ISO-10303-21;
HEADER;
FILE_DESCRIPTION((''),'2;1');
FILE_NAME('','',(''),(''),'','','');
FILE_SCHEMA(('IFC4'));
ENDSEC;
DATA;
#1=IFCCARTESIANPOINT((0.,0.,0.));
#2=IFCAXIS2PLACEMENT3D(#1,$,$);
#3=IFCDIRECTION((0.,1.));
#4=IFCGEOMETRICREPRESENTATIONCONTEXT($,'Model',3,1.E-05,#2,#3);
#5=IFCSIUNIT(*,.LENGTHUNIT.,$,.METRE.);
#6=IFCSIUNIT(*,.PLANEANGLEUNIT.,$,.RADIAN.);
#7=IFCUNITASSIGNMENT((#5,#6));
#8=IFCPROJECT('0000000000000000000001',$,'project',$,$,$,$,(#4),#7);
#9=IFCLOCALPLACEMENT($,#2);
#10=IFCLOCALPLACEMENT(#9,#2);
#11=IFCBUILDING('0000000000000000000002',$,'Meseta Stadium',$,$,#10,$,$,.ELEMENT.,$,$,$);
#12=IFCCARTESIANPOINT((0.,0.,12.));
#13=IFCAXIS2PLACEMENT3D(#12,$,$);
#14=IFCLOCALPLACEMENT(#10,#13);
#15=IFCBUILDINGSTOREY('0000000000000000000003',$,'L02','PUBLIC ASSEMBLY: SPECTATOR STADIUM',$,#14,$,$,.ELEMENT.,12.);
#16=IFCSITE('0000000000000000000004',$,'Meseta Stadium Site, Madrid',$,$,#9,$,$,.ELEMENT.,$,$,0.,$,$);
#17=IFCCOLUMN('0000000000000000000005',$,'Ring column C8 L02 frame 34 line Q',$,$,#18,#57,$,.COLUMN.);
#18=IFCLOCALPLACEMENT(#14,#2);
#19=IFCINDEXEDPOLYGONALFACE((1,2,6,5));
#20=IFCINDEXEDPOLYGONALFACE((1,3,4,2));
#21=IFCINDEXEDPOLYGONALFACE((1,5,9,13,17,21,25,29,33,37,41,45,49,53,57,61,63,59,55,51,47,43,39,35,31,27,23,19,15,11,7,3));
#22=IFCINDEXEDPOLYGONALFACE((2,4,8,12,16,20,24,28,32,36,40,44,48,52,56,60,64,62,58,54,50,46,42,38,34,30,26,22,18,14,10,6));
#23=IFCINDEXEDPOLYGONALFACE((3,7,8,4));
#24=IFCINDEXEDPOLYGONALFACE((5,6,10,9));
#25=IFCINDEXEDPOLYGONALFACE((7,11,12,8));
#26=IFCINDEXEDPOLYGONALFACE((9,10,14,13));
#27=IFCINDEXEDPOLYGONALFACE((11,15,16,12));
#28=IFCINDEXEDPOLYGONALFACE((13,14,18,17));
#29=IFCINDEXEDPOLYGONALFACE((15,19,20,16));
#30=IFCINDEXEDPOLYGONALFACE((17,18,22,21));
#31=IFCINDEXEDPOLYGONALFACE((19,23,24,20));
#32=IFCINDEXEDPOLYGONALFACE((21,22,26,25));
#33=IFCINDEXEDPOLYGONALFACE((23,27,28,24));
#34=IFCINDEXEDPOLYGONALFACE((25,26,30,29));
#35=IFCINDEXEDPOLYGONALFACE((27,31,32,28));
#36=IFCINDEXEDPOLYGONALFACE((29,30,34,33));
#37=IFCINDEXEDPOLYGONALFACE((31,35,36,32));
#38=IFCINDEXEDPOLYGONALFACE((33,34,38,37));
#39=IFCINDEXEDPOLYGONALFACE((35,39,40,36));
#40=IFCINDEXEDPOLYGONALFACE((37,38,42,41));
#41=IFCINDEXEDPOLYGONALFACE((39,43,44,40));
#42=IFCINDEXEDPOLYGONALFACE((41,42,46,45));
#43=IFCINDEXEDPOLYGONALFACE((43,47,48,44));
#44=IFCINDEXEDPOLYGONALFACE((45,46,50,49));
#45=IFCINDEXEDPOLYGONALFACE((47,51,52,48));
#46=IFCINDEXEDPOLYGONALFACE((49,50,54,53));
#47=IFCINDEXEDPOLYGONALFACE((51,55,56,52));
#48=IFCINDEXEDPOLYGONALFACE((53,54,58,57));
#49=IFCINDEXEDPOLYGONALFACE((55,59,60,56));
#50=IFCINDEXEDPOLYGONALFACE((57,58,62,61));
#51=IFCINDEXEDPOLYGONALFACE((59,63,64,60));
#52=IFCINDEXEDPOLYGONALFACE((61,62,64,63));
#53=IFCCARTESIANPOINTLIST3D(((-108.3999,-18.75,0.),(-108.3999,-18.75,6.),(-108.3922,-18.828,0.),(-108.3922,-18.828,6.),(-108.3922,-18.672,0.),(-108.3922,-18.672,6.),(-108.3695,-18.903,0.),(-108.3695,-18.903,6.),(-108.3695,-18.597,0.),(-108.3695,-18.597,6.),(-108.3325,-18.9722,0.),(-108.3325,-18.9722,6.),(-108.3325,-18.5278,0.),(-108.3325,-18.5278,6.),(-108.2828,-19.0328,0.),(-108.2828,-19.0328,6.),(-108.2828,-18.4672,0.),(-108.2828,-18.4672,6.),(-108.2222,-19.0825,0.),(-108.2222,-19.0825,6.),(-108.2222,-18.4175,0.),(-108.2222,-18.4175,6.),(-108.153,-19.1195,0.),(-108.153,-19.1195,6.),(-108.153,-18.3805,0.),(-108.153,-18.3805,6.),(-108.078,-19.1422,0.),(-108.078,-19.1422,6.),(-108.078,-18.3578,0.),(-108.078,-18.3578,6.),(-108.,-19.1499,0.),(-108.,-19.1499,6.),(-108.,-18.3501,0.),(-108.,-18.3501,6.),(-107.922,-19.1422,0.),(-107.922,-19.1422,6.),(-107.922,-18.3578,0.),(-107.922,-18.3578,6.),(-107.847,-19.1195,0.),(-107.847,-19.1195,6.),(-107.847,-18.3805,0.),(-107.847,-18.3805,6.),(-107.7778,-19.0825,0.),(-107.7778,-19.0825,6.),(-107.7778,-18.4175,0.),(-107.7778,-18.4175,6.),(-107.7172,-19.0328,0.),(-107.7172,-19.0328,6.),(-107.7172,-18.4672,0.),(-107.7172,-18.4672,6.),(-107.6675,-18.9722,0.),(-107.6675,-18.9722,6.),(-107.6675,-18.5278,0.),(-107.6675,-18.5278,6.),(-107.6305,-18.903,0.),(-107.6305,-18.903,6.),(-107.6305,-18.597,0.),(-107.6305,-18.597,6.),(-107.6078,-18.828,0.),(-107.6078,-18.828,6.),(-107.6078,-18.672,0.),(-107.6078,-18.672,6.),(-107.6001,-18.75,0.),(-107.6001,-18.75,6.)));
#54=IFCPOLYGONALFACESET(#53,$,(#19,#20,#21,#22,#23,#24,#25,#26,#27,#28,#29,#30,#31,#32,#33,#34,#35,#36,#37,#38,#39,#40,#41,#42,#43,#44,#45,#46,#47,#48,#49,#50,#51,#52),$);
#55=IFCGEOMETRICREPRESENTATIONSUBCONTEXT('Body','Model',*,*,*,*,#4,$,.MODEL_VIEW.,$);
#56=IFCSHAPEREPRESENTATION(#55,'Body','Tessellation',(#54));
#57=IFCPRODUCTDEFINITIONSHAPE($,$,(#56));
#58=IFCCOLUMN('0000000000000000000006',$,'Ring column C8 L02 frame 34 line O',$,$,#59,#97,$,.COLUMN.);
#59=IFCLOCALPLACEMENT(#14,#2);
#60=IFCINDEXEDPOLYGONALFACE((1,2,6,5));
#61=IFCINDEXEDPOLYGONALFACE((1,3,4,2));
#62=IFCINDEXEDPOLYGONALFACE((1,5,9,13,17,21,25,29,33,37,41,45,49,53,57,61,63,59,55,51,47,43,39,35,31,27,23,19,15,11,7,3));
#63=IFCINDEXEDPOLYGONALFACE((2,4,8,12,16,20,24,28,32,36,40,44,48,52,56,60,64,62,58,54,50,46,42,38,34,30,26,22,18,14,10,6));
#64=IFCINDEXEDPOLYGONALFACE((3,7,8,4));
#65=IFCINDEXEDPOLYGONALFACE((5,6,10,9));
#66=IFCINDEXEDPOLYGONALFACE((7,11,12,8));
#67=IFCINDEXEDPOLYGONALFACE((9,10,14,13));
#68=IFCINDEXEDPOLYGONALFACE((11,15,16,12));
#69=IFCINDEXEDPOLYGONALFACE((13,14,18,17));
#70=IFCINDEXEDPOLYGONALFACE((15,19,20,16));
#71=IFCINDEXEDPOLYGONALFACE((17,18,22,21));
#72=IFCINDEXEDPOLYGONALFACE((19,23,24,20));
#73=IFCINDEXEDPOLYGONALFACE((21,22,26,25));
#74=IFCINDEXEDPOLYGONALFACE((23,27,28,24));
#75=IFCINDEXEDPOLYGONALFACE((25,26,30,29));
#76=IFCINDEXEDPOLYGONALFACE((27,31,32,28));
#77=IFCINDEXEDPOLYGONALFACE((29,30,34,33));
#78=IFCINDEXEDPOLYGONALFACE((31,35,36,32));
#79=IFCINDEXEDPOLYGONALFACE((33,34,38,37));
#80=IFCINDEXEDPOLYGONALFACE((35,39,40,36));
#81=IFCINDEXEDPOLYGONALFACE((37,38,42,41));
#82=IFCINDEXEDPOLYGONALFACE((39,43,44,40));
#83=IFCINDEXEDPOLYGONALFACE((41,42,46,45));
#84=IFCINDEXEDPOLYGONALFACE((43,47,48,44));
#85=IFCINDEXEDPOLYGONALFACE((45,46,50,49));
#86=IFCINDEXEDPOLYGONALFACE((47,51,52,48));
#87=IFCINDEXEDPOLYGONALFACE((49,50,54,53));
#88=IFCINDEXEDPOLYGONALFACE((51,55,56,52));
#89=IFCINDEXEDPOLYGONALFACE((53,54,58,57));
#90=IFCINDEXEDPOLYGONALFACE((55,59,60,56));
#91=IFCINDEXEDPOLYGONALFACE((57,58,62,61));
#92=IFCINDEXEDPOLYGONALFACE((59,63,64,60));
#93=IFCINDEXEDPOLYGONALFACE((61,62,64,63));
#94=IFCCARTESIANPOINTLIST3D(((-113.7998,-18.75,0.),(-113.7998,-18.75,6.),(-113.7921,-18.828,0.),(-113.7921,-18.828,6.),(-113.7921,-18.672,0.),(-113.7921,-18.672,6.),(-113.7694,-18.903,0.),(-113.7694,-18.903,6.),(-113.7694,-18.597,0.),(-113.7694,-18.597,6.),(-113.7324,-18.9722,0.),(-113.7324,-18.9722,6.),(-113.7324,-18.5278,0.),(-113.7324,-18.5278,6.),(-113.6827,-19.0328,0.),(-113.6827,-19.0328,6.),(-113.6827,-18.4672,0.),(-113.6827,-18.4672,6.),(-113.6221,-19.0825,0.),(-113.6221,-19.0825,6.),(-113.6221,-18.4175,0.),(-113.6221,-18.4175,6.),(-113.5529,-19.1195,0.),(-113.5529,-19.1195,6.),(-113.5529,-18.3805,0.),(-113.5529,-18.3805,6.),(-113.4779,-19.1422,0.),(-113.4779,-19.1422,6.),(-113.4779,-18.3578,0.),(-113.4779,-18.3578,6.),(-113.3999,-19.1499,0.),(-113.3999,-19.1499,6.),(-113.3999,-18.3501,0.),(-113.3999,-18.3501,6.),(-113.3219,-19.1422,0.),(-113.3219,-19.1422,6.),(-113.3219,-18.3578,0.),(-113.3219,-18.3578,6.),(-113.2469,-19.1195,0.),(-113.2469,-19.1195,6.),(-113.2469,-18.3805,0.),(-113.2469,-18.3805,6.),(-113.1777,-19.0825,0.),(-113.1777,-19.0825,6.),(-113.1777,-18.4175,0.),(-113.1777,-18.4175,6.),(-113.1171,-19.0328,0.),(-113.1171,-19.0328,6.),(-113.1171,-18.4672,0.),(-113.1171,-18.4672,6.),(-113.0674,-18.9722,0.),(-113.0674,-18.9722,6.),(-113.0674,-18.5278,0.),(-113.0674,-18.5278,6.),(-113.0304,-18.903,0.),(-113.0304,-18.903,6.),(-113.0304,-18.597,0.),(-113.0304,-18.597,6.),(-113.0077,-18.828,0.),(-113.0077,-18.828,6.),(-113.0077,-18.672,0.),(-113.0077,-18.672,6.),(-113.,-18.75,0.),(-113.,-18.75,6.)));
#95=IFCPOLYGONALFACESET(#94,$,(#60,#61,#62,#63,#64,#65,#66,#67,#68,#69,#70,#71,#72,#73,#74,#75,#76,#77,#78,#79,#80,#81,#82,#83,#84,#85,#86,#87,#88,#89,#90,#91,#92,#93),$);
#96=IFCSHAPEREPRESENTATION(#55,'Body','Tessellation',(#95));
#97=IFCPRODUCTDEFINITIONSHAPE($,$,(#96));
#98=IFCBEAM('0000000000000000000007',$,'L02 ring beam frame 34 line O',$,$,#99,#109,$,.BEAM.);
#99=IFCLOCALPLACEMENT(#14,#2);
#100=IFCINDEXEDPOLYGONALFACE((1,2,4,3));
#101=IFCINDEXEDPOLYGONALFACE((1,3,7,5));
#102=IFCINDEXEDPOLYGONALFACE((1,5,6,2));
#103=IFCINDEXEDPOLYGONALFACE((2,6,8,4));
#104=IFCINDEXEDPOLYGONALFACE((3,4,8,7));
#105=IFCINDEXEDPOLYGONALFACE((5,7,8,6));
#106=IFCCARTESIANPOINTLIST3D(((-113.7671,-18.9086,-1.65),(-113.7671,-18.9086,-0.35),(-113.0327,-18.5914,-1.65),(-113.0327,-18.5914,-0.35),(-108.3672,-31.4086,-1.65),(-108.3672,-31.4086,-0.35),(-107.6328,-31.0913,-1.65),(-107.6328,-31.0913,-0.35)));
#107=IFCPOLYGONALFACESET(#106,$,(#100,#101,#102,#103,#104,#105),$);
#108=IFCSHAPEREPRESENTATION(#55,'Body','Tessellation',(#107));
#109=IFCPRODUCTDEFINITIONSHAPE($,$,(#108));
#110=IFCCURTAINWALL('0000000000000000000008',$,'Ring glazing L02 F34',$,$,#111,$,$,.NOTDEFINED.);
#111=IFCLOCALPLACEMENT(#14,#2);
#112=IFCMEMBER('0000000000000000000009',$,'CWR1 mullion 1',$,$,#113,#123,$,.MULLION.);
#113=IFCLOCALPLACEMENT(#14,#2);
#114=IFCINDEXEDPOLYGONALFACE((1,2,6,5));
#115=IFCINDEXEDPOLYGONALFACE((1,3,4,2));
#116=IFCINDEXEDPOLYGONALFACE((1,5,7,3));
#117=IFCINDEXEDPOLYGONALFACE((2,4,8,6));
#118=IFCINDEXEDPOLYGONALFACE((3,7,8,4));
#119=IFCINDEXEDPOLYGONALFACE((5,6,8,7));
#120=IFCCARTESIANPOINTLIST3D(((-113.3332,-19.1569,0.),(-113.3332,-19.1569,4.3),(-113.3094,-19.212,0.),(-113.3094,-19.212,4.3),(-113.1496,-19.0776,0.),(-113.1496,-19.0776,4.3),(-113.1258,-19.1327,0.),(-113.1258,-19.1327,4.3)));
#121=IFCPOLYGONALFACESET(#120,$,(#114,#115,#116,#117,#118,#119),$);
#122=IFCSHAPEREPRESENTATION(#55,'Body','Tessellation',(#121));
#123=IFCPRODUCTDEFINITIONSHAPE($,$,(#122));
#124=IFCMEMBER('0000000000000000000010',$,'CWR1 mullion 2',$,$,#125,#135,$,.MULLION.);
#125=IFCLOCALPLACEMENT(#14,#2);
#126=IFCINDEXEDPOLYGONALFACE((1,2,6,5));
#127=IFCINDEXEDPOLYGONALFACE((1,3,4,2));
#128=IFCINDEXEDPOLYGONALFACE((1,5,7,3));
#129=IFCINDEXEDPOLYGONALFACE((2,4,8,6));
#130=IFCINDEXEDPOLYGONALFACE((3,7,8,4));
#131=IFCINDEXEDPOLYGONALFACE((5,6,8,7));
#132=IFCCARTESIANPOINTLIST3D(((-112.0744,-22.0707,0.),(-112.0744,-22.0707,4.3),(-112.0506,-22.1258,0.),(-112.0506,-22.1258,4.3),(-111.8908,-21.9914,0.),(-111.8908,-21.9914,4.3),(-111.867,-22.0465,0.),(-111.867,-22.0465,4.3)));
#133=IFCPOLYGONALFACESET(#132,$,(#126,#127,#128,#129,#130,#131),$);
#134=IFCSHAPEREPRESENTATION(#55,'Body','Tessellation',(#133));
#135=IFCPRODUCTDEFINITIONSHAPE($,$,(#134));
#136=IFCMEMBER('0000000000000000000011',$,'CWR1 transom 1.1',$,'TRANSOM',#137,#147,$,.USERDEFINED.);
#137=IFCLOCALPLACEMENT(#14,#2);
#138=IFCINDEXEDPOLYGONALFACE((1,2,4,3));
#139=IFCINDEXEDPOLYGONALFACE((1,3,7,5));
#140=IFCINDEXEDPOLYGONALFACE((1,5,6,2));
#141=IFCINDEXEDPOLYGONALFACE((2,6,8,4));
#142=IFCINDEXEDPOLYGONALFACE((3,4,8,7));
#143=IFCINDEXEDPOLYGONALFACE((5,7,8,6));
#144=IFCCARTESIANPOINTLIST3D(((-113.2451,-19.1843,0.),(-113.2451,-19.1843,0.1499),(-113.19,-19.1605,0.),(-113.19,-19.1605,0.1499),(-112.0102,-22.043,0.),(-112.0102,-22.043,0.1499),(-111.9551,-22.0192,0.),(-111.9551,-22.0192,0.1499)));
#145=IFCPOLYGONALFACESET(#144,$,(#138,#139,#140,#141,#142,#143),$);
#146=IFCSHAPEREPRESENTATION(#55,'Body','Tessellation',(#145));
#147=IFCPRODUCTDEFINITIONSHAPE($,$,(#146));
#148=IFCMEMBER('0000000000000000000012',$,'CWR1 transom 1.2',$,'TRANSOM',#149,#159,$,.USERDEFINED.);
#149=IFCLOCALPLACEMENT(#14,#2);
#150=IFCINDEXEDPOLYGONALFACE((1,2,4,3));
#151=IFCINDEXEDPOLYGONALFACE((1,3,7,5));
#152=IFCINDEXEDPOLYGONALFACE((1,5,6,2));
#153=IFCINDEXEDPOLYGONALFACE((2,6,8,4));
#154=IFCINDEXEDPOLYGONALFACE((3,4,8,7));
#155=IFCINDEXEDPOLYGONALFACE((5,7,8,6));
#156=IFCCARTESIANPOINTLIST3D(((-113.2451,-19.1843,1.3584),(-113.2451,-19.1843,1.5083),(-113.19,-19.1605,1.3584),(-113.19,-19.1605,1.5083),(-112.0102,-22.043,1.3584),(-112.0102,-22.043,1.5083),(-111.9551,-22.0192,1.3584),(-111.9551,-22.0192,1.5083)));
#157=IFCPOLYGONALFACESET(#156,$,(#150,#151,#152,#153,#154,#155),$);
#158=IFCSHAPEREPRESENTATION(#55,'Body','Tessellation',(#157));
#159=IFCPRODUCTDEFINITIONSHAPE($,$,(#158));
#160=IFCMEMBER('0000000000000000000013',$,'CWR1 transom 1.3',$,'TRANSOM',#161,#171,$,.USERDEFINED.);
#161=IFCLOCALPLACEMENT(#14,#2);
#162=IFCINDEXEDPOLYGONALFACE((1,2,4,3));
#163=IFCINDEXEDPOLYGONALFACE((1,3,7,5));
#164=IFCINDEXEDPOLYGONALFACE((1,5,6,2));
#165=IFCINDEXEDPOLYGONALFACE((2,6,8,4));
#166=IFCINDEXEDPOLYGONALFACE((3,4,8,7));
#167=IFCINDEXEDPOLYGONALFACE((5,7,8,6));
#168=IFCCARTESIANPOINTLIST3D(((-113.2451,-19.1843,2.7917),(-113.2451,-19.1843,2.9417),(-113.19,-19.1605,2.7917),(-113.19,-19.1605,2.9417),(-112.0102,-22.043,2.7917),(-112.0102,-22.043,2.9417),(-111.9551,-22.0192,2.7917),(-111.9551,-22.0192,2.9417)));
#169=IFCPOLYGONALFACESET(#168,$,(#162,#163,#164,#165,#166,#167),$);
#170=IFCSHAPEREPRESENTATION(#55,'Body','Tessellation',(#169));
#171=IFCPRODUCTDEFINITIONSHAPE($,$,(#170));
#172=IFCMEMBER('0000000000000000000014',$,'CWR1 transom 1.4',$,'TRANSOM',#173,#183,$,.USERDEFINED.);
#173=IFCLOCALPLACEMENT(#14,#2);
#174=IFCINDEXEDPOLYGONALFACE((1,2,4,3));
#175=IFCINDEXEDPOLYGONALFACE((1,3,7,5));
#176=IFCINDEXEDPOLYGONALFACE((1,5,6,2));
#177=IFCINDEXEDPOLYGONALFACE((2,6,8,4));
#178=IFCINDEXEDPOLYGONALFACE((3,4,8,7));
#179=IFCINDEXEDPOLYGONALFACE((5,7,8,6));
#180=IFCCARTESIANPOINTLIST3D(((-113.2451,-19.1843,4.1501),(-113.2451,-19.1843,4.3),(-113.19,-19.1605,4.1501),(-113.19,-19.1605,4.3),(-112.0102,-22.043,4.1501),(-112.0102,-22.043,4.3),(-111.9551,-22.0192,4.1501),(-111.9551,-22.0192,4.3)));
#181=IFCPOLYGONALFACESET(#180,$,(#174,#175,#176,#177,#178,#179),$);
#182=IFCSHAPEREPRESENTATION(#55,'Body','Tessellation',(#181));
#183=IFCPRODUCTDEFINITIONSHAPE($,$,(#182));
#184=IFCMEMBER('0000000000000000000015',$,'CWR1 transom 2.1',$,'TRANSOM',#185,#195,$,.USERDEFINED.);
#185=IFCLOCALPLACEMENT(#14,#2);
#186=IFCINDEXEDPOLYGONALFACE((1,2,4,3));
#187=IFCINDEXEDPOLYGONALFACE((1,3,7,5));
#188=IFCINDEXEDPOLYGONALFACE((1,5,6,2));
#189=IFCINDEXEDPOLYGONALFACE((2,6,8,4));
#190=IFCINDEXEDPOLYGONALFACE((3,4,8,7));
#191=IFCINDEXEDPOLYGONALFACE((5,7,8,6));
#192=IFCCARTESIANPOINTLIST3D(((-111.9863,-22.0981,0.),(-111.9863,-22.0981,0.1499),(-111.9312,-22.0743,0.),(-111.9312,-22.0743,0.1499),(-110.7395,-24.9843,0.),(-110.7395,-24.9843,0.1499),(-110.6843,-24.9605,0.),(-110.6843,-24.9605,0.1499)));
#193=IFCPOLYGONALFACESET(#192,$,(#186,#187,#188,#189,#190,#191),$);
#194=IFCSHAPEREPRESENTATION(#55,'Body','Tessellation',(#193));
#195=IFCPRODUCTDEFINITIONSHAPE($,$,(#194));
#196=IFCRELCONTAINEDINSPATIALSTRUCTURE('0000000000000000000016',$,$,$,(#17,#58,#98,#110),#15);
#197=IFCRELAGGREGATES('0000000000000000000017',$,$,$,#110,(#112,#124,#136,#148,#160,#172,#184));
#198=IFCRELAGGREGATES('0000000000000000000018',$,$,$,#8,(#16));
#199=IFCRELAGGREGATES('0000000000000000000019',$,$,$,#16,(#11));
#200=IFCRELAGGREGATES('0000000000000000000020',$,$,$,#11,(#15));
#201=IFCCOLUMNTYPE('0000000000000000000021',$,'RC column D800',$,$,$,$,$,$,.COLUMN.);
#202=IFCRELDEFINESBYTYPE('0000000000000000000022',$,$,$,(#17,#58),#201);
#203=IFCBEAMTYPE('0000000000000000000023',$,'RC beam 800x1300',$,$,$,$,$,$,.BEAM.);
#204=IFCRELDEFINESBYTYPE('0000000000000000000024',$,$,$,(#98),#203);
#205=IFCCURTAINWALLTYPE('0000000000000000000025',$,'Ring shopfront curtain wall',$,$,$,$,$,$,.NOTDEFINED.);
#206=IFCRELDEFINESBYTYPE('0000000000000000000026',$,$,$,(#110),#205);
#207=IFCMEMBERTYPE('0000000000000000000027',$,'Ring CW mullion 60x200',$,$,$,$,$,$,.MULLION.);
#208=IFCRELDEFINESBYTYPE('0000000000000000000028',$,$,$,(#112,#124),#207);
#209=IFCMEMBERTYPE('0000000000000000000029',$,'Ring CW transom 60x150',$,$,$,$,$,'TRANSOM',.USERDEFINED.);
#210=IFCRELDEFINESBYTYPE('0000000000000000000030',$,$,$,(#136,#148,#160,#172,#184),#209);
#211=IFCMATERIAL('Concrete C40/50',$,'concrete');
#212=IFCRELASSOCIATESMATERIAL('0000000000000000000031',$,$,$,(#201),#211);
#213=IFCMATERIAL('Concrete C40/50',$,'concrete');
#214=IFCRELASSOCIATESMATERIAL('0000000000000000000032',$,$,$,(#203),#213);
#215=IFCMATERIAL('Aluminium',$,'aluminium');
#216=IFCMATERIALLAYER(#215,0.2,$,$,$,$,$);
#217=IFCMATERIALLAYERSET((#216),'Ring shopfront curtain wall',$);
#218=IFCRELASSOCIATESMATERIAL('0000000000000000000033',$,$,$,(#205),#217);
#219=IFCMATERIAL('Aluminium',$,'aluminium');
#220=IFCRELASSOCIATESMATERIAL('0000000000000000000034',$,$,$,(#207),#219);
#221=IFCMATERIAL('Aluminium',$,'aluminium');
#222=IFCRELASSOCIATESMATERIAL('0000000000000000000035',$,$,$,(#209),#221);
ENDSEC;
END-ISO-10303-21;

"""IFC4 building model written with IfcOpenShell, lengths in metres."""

from ifc_helpers import new_model, si_unit, direction, frame, origin, origin_2d, place, context, subcontext, project, spatial, rectangle, circle, extrude, material, layer, layer_set, material_profile, profile_set, type_object, element, aggregate, save


model = new_model("IFC4")

# Units and contexts
model_context = context("Model", 3, precision=1e-05, world=origin(), true_north=direction((0.0, 1.0)))
body_context = subcontext(model_context, "Body", "Model", "MODEL_VIEW")
ifc_project = project(units=[si_unit("LENGTHUNIT", "METRE"), si_unit("PLANEANGLEUNIT", "RADIAN")], contexts=[model_context])

# Site, building, storey
site_placement = place(None, origin())
site = spatial("IfcSite", under=ifc_project, at=site_placement, Name="Meseta Stadium Site, Madrid", CompositionType="ELEMENT", RefElevation=0.0)
building_placement = place(site_placement, origin())
building = spatial("IfcBuilding", under=site, at=building_placement, Name="Meseta Stadium", CompositionType="ELEMENT")
storey_placement = place(building_placement, frame((0.0, 0.0, 12.0)))
storey = spatial("IfcBuildingStorey", under=building, at=storey_placement, Name="L02", Description="PUBLIC ASSEMBLY: SPECTATOR STADIUM", CompositionType="ELEMENT", Elevation=12.0)

# Columns
ifc_material_1 = material(Name="Concrete C40/50", Category="concrete")
ifc_material_profile_1 = material_profile(ifc_material_1, circle(Radius=0.3999, at=origin_2d()), Name="RC D800")
ifc_profile_set_1 = profile_set([ifc_material_profile_1], Name="Concrete C40/50")
column_type = type_object("IfcColumnType", Name="RC column D800", PredefinedType="COLUMN", material=ifc_profile_set_1)
for number, where, z_axis, x_axis, name in (
    (1, (-108.0, -18.75, 0.0), (0.0, 0.0, 1.0), (1.0, 0.0, 0.0), "Ring column C8 L02 frame 34 line Q"),
    (2, (-113.3999, -18.75, 0.0), (0.0, 0.0, 1.0), (1.0, 0.0, 0.0), "Ring column C8 L02 frame 34 line O"),
):
    element("IfcColumn", number, at=place(storey_placement, frame(where, z_axis=z_axis, x_axis=x_axis)), inside=storey, type_object=column_type, Name=name, PredefinedType="COLUMN", context=body_context, shape_type="SweptSolid", body=[
        extrude(circle(Radius=0.3999, at=origin_2d()), origin(), (0.0, 0.0, 1.0), 6.0),
    ])

# Beam
ifc_material_2 = material(Name="Concrete C40/50", Category="concrete")
ifc_material_profile_2 = material_profile(ifc_material_2, rectangle(XDim=0.8, YDim=1.3, at=origin_2d()), Name="RC 800x1300")
ifc_profile_set_2 = profile_set([ifc_material_profile_2], Name="Concrete C40/50")
beam_type = type_object("IfcBeamType", Name="RC beam 800x1300", PredefinedType="BEAM", material=ifc_profile_set_2)
beam_placement = place(storey_placement, frame((-113.3999, -18.75, -1.0), z_axis=(0.396571, -0.918004, 0.0), x_axis=(0.918004, 0.396571, 0.0)))
element("IfcBeam", 3, at=beam_placement, inside=storey, type_object=beam_type, Name="L02 ring beam frame 34 line O", PredefinedType="BEAM", context=body_context, shape_type="SweptSolid", body=[
    extrude(rectangle(XDim=0.8, YDim=1.3, at=origin_2d()), origin(), (0.0, 0.0, 1.0), 13.6165),
])

# Curtain wall, members
ifc_material_3 = material(Name="Aluminium", Category="aluminium")
ifc_layer_1 = layer(ifc_material_3, 0.2)
ifc_layer_set_1 = layer_set([ifc_layer_1], Name="Ring shopfront curtain wall")
curtain_wall_type = type_object("IfcCurtainWallType", Name="Ring shopfront curtain wall", PredefinedType="NOTDEFINED", material=ifc_layer_set_1)
curtain_wall_placement = place(storey_placement, origin())
curtain_wall = element("IfcCurtainWall", 4, at=curtain_wall_placement, inside=storey, type_object=curtain_wall_type, Name="Ring glazing L02 F34", PredefinedType="NOTDEFINED")
ifc_material_4 = material(Name="Aluminium", Category="aluminium")
ifc_material_profile_3 = material_profile(ifc_material_4, rectangle(XDim=0.2, YDim=0.0601, at=origin_2d()), Name="CW 200x60")
ifc_profile_set_3 = profile_set([ifc_material_profile_3], Name="Aluminium")
member_type_1 = type_object("IfcMemberType", Name="Ring CW mullion 60x200", PredefinedType="MULLION", material=ifc_profile_set_3)
member_1_placement = place(storey_placement, frame((-113.2295, -19.1448, 0.0), z_axis=(0.0, 0.0, 1.0), x_axis=(0.918, 0.396581, 0.0)))
member_1 = element("IfcMember", 5, at=member_1_placement, type_object=member_type_1, Name="CWR1 mullion 1", PredefinedType="MULLION", context=body_context, shape_type="SweptSolid", body=[
    extrude(rectangle(XDim=0.2, YDim=0.0601, at=origin_2d()), origin(), (0.0, 0.0, 1.0), 4.3),
])
member_2_placement = place(storey_placement, frame((-111.9707, -22.0586, 0.0), z_axis=(0.0, 0.0, 1.0), x_axis=(0.918, 0.396581, 0.0)))
member_2 = element("IfcMember", 6, at=member_2_placement, type_object=member_type_1, Name="CWR1 mullion 2", PredefinedType="MULLION", context=body_context, shape_type="SweptSolid", body=[
    extrude(rectangle(XDim=0.2, YDim=0.0601, at=origin_2d()), origin(), (0.0, 0.0, 1.0), 4.3),
])
ifc_material_5 = material(Name="Aluminium", Category="aluminium")
ifc_material_profile_4 = material_profile(ifc_material_5, rectangle(XDim=0.0601, YDim=0.1499, at=origin_2d()), Name="CW 60x150")
ifc_profile_set_4 = profile_set([ifc_material_profile_4], Name="Aluminium")
member_type_2 = type_object("IfcMemberType", Name="Ring CW transom 60x150", ElementType="TRANSOM", PredefinedType="USERDEFINED", material=ifc_profile_set_4)
member_3_placement = place(storey_placement, frame((-113.2175, -19.1724, 0.075), z_axis=(0.396558, -0.91801, 0.0), x_axis=(0.91801, 0.396558, 0.0)))
member_3 = element("IfcMember", 7, at=member_3_placement, type_object=member_type_2, Name="CWR1 transom 1.1", ObjectType="TRANSOM", PredefinedType="USERDEFINED", context=body_context, shape_type="SweptSolid", body=[
    extrude(rectangle(XDim=0.0601, YDim=0.1499, at=origin_2d()), origin(), (0.0, 0.0, 1.0), 3.114),
])
member_4_placement = place(storey_placement, frame((-113.2175, -19.1724, 1.4333), z_axis=(0.396558, -0.91801, 0.0), x_axis=(0.91801, 0.396558, 0.0)))
member_4 = element("IfcMember", 8, at=member_4_placement, type_object=member_type_2, Name="CWR1 transom 1.2", ObjectType="TRANSOM", PredefinedType="USERDEFINED", context=body_context, shape_type="SweptSolid", body=[
    extrude(rectangle(XDim=0.0601, YDim=0.1499, at=origin_2d()), origin(), (0.0, 0.0, 1.0), 3.114),
])
member_5_placement = place(storey_placement, frame((-113.2175, -19.1724, 2.8667), z_axis=(0.396558, -0.91801, 0.0), x_axis=(0.91801, 0.396558, 0.0)))
member_5 = element("IfcMember", 9, at=member_5_placement, type_object=member_type_2, Name="CWR1 transom 1.3", ObjectType="TRANSOM", PredefinedType="USERDEFINED", context=body_context, shape_type="SweptSolid", body=[
    extrude(rectangle(XDim=0.0601, YDim=0.1499, at=origin_2d()), origin(), (0.0, 0.0, 1.0), 3.114),
])
member_6_placement = place(storey_placement, frame((-113.2175, -19.1724, 4.2251), z_axis=(0.396558, -0.91801, 0.0), x_axis=(0.91801, 0.396558, 0.0)))
member_6 = element("IfcMember", 10, at=member_6_placement, type_object=member_type_2, Name="CWR1 transom 1.4", ObjectType="TRANSOM", PredefinedType="USERDEFINED", context=body_context, shape_type="SweptSolid", body=[
    extrude(rectangle(XDim=0.0601, YDim=0.1499, at=origin_2d()), origin(), (0.0, 0.0, 1.0), 3.114),
])
member_7_placement = place(storey_placement, frame((-111.9587, -22.0862, 0.075), z_axis=(0.39657, -0.918005, 0.0), x_axis=(0.918005, 0.39657, 0.0)))
member_7 = element("IfcMember", 11, at=member_7_placement, type_object=member_type_2, Name="CWR1 transom 2.1", ObjectType="TRANSOM", PredefinedType="USERDEFINED", context=body_context, shape_type="SweptSolid", body=[
    extrude(rectangle(XDim=0.0601, YDim=0.1499, at=origin_2d()), origin(), (0.0, 0.0, 1.0), 3.144),
])
aggregate(curtain_wall, [member_1, member_2, member_3, member_4, member_5, member_6, member_7])

save(model, "model.ifc")
